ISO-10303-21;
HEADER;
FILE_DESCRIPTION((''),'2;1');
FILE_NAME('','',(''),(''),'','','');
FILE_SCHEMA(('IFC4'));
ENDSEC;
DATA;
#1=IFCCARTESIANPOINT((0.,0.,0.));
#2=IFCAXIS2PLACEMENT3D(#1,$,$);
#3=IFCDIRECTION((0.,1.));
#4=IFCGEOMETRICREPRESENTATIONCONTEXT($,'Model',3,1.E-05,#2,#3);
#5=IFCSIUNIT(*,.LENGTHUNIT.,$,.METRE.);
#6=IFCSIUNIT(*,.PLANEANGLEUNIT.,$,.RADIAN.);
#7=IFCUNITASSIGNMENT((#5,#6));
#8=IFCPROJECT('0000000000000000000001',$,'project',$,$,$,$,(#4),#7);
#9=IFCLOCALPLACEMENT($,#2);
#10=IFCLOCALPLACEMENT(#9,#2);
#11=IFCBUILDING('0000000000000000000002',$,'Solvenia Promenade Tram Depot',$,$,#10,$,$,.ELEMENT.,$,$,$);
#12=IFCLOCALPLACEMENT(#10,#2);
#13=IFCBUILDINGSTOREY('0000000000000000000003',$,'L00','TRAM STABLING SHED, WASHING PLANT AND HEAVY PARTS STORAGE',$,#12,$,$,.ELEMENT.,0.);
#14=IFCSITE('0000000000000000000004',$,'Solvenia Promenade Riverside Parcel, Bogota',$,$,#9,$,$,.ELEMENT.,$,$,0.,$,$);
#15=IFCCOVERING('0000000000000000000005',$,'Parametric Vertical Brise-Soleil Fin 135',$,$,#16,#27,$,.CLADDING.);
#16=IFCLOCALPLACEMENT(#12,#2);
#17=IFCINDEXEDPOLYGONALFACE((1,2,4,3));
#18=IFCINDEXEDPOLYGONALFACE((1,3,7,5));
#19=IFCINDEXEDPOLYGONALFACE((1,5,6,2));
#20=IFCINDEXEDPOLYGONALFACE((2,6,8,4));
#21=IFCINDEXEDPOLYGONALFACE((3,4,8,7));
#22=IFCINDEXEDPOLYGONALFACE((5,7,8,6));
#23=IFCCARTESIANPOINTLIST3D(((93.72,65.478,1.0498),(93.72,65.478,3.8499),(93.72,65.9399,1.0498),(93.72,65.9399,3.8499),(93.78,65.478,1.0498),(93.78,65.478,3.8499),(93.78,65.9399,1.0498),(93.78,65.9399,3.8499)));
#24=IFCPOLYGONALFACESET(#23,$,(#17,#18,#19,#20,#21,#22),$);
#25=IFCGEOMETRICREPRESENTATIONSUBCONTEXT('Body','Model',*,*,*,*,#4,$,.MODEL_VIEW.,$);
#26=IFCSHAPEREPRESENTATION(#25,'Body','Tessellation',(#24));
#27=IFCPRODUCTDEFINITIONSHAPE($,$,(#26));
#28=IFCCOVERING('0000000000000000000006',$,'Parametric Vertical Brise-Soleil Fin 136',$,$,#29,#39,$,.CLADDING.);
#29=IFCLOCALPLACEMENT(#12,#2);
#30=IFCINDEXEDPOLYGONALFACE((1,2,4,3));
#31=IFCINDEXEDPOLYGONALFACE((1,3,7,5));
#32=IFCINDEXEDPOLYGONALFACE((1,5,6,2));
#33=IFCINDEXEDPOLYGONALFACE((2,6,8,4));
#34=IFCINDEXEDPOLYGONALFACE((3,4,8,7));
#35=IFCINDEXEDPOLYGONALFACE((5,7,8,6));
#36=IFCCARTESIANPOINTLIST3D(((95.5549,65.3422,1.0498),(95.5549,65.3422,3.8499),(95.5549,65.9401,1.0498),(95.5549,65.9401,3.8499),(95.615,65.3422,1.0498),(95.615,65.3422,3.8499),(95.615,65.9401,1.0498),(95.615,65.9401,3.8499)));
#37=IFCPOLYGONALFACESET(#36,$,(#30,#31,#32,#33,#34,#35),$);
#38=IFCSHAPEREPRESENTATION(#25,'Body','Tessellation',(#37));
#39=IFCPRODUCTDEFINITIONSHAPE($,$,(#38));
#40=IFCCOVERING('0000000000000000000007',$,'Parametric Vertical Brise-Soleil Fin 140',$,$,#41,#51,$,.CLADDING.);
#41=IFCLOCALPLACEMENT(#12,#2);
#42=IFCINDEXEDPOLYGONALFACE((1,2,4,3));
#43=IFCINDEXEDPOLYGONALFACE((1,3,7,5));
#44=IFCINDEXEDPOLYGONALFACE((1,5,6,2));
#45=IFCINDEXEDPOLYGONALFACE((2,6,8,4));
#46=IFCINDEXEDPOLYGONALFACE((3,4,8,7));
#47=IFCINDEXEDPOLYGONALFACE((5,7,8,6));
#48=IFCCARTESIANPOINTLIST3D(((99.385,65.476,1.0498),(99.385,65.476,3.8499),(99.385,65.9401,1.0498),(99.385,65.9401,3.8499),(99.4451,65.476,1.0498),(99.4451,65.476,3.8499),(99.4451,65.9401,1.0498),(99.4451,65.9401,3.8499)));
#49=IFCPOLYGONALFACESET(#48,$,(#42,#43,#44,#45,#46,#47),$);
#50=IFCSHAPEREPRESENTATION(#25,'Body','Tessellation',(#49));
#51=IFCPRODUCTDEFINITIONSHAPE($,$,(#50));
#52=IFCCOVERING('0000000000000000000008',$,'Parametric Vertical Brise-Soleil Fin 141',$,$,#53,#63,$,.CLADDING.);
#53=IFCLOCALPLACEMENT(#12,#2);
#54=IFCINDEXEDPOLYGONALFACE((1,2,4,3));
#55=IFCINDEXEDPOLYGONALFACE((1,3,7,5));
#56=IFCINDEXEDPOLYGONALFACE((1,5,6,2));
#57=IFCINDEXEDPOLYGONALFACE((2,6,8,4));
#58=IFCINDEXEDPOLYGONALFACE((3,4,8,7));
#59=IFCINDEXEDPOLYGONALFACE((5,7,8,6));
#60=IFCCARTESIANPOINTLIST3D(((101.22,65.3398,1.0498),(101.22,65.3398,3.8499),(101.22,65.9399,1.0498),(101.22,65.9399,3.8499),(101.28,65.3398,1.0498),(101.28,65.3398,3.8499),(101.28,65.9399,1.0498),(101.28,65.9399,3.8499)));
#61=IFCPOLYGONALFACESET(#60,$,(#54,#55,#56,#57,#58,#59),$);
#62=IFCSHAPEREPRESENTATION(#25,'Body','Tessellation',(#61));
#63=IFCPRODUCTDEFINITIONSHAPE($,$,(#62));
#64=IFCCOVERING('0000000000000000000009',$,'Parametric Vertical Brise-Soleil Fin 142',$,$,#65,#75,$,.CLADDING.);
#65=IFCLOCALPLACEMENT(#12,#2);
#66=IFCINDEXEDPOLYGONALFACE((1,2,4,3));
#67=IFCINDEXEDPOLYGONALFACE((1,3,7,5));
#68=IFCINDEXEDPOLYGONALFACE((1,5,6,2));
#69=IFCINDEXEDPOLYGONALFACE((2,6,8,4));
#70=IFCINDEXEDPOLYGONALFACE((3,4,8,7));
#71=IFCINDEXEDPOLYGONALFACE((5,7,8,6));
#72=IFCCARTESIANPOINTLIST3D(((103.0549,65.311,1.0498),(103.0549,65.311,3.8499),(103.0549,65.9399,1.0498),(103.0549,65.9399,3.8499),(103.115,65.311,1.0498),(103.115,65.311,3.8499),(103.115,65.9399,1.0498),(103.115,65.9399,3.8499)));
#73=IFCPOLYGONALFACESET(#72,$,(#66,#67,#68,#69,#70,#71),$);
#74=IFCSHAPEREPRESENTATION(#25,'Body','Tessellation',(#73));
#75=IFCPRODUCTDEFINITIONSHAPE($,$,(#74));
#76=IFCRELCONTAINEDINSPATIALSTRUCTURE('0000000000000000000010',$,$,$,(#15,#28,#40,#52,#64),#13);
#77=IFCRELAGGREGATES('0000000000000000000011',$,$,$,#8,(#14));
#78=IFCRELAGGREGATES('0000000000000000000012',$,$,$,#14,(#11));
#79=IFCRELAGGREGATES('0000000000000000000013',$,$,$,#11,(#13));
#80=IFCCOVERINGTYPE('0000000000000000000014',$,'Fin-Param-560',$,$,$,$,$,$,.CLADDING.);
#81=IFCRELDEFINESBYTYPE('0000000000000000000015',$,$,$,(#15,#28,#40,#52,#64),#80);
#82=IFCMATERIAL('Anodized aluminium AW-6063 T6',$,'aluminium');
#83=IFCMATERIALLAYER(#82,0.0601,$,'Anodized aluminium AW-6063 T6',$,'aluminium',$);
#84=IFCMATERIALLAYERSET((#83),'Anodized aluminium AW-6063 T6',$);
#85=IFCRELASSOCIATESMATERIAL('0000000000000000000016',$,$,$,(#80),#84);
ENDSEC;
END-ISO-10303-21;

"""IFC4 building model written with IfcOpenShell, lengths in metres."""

from ifc_helpers import new_model, si_unit, direction, frame, origin, origin_2d, place, context, subcontext, project, spatial, rectangle, extrude, material, layer, layer_set, type_object, element, save


model = new_model("IFC4")

# Units and contexts
model_context = context("Model", 3, precision=1e-05, world=origin(), true_north=direction((0.0, 1.0)))
body_context = subcontext(model_context, "Body", "Model", "MODEL_VIEW")
ifc_project = project(units=[si_unit("LENGTHUNIT", "METRE"), si_unit("PLANEANGLEUNIT", "RADIAN")], contexts=[model_context])

# Site, building, storey
site_placement = place(None, origin())
site = spatial("IfcSite", under=ifc_project, at=site_placement, Name="Solvenia Promenade Riverside Parcel, Bogota", CompositionType="ELEMENT", RefElevation=0.0)
building_placement = place(site_placement, origin())
building = spatial("IfcBuilding", under=site, at=building_placement, Name="Solvenia Promenade Tram Depot", CompositionType="ELEMENT")
storey_placement = place(building_placement, origin())
storey = spatial("IfcBuildingStorey", under=building, at=storey_placement, Name="L00", Description="TRAM STABLING SHED, WASHING PLANT AND HEAVY PARTS STORAGE", CompositionType="ELEMENT", Elevation=0.0)

# Shared definitions
ifc_material_1 = material(Name="Anodized aluminium AW-6063 T6", Category="aluminium")

# Coverings
ifc_layer_1 = layer(ifc_material_1, 0.0601, Name="Anodized aluminium AW-6063 T6", Category="aluminium")
ifc_layer_set_1 = layer_set([ifc_layer_1], Name="Anodized aluminium AW-6063 T6")
covering_type = type_object("IfcCoveringType", Name="Fin-Param-560", PredefinedType="CLADDING", material=ifc_layer_set_1)
covering_1_placement = place(storey_placement, frame((93.75, 65.709, 1.0498), z_axis=(0.0, 0.0, 1.0), x_axis=(1.0, 0.0, 0.0)))
element("IfcCovering", 1, at=covering_1_placement, inside=storey, type_object=covering_type, Name="Parametric Vertical Brise-Soleil Fin 135", PredefinedType="CLADDING", context=body_context, shape_type="SweptSolid", body=[
    extrude(rectangle(XDim=0.0601, YDim=0.4619, at=origin_2d()), origin(), (0.0, 0.0, 1.0), 2.8),
])
covering_2_placement = place(storey_placement, frame((95.585, 65.6411, 1.0498), z_axis=(0.0, 0.0, 1.0), x_axis=(1.0, 0.0, 0.0)))
element("IfcCovering", 2, at=covering_2_placement, inside=storey, type_object=covering_type, Name="Parametric Vertical Brise-Soleil Fin 136", PredefinedType="CLADDING", context=body_context, shape_type="SweptSolid", body=[
    extrude(rectangle(XDim=0.0601, YDim=0.5979, at=origin_2d()), origin(), (0.0, 0.0, 1.0), 2.8),
])
covering_3_placement = place(storey_placement, frame((99.415, 65.708, 1.0498), z_axis=(0.0, 0.0, 1.0), x_axis=(1.0, 0.0, 0.0)))
element("IfcCovering", 3, at=covering_3_placement, inside=storey, type_object=covering_type, Name="Parametric Vertical Brise-Soleil Fin 140", PredefinedType="CLADDING", context=body_context, shape_type="SweptSolid", body=[
    extrude(rectangle(XDim=0.0601, YDim=0.4641, at=origin_2d()), origin(), (0.0, 0.0, 1.0), 2.8),
])
covering_4_placement = place(storey_placement, frame((101.25, 65.6399, 1.0498), z_axis=(0.0, 0.0, 1.0), x_axis=(1.0, 0.0, 0.0)))
element("IfcCovering", 4, at=covering_4_placement, inside=storey, type_object=covering_type, Name="Parametric Vertical Brise-Soleil Fin 141", PredefinedType="CLADDING", context=body_context, shape_type="SweptSolid", body=[
    extrude(rectangle(XDim=0.0601, YDim=0.6001, at=origin_2d()), origin(), (0.0, 0.0, 1.0), 2.8),
])
covering_5_placement = place(storey_placement, frame((103.085, 65.6255, 1.0498), z_axis=(0.0, 0.0, 1.0), x_axis=(1.0, 0.0, 0.0)))
element("IfcCovering", 5, at=covering_5_placement, inside=storey, type_object=covering_type, Name="Parametric Vertical Brise-Soleil Fin 142", PredefinedType="CLADDING", context=body_context, shape_type="SweptSolid", body=[
    extrude(rectangle(XDim=0.0601, YDim=0.6289, at=origin_2d()), origin(), (0.0, 0.0, 1.0), 2.8),
])

save(model, "model.ifc")
